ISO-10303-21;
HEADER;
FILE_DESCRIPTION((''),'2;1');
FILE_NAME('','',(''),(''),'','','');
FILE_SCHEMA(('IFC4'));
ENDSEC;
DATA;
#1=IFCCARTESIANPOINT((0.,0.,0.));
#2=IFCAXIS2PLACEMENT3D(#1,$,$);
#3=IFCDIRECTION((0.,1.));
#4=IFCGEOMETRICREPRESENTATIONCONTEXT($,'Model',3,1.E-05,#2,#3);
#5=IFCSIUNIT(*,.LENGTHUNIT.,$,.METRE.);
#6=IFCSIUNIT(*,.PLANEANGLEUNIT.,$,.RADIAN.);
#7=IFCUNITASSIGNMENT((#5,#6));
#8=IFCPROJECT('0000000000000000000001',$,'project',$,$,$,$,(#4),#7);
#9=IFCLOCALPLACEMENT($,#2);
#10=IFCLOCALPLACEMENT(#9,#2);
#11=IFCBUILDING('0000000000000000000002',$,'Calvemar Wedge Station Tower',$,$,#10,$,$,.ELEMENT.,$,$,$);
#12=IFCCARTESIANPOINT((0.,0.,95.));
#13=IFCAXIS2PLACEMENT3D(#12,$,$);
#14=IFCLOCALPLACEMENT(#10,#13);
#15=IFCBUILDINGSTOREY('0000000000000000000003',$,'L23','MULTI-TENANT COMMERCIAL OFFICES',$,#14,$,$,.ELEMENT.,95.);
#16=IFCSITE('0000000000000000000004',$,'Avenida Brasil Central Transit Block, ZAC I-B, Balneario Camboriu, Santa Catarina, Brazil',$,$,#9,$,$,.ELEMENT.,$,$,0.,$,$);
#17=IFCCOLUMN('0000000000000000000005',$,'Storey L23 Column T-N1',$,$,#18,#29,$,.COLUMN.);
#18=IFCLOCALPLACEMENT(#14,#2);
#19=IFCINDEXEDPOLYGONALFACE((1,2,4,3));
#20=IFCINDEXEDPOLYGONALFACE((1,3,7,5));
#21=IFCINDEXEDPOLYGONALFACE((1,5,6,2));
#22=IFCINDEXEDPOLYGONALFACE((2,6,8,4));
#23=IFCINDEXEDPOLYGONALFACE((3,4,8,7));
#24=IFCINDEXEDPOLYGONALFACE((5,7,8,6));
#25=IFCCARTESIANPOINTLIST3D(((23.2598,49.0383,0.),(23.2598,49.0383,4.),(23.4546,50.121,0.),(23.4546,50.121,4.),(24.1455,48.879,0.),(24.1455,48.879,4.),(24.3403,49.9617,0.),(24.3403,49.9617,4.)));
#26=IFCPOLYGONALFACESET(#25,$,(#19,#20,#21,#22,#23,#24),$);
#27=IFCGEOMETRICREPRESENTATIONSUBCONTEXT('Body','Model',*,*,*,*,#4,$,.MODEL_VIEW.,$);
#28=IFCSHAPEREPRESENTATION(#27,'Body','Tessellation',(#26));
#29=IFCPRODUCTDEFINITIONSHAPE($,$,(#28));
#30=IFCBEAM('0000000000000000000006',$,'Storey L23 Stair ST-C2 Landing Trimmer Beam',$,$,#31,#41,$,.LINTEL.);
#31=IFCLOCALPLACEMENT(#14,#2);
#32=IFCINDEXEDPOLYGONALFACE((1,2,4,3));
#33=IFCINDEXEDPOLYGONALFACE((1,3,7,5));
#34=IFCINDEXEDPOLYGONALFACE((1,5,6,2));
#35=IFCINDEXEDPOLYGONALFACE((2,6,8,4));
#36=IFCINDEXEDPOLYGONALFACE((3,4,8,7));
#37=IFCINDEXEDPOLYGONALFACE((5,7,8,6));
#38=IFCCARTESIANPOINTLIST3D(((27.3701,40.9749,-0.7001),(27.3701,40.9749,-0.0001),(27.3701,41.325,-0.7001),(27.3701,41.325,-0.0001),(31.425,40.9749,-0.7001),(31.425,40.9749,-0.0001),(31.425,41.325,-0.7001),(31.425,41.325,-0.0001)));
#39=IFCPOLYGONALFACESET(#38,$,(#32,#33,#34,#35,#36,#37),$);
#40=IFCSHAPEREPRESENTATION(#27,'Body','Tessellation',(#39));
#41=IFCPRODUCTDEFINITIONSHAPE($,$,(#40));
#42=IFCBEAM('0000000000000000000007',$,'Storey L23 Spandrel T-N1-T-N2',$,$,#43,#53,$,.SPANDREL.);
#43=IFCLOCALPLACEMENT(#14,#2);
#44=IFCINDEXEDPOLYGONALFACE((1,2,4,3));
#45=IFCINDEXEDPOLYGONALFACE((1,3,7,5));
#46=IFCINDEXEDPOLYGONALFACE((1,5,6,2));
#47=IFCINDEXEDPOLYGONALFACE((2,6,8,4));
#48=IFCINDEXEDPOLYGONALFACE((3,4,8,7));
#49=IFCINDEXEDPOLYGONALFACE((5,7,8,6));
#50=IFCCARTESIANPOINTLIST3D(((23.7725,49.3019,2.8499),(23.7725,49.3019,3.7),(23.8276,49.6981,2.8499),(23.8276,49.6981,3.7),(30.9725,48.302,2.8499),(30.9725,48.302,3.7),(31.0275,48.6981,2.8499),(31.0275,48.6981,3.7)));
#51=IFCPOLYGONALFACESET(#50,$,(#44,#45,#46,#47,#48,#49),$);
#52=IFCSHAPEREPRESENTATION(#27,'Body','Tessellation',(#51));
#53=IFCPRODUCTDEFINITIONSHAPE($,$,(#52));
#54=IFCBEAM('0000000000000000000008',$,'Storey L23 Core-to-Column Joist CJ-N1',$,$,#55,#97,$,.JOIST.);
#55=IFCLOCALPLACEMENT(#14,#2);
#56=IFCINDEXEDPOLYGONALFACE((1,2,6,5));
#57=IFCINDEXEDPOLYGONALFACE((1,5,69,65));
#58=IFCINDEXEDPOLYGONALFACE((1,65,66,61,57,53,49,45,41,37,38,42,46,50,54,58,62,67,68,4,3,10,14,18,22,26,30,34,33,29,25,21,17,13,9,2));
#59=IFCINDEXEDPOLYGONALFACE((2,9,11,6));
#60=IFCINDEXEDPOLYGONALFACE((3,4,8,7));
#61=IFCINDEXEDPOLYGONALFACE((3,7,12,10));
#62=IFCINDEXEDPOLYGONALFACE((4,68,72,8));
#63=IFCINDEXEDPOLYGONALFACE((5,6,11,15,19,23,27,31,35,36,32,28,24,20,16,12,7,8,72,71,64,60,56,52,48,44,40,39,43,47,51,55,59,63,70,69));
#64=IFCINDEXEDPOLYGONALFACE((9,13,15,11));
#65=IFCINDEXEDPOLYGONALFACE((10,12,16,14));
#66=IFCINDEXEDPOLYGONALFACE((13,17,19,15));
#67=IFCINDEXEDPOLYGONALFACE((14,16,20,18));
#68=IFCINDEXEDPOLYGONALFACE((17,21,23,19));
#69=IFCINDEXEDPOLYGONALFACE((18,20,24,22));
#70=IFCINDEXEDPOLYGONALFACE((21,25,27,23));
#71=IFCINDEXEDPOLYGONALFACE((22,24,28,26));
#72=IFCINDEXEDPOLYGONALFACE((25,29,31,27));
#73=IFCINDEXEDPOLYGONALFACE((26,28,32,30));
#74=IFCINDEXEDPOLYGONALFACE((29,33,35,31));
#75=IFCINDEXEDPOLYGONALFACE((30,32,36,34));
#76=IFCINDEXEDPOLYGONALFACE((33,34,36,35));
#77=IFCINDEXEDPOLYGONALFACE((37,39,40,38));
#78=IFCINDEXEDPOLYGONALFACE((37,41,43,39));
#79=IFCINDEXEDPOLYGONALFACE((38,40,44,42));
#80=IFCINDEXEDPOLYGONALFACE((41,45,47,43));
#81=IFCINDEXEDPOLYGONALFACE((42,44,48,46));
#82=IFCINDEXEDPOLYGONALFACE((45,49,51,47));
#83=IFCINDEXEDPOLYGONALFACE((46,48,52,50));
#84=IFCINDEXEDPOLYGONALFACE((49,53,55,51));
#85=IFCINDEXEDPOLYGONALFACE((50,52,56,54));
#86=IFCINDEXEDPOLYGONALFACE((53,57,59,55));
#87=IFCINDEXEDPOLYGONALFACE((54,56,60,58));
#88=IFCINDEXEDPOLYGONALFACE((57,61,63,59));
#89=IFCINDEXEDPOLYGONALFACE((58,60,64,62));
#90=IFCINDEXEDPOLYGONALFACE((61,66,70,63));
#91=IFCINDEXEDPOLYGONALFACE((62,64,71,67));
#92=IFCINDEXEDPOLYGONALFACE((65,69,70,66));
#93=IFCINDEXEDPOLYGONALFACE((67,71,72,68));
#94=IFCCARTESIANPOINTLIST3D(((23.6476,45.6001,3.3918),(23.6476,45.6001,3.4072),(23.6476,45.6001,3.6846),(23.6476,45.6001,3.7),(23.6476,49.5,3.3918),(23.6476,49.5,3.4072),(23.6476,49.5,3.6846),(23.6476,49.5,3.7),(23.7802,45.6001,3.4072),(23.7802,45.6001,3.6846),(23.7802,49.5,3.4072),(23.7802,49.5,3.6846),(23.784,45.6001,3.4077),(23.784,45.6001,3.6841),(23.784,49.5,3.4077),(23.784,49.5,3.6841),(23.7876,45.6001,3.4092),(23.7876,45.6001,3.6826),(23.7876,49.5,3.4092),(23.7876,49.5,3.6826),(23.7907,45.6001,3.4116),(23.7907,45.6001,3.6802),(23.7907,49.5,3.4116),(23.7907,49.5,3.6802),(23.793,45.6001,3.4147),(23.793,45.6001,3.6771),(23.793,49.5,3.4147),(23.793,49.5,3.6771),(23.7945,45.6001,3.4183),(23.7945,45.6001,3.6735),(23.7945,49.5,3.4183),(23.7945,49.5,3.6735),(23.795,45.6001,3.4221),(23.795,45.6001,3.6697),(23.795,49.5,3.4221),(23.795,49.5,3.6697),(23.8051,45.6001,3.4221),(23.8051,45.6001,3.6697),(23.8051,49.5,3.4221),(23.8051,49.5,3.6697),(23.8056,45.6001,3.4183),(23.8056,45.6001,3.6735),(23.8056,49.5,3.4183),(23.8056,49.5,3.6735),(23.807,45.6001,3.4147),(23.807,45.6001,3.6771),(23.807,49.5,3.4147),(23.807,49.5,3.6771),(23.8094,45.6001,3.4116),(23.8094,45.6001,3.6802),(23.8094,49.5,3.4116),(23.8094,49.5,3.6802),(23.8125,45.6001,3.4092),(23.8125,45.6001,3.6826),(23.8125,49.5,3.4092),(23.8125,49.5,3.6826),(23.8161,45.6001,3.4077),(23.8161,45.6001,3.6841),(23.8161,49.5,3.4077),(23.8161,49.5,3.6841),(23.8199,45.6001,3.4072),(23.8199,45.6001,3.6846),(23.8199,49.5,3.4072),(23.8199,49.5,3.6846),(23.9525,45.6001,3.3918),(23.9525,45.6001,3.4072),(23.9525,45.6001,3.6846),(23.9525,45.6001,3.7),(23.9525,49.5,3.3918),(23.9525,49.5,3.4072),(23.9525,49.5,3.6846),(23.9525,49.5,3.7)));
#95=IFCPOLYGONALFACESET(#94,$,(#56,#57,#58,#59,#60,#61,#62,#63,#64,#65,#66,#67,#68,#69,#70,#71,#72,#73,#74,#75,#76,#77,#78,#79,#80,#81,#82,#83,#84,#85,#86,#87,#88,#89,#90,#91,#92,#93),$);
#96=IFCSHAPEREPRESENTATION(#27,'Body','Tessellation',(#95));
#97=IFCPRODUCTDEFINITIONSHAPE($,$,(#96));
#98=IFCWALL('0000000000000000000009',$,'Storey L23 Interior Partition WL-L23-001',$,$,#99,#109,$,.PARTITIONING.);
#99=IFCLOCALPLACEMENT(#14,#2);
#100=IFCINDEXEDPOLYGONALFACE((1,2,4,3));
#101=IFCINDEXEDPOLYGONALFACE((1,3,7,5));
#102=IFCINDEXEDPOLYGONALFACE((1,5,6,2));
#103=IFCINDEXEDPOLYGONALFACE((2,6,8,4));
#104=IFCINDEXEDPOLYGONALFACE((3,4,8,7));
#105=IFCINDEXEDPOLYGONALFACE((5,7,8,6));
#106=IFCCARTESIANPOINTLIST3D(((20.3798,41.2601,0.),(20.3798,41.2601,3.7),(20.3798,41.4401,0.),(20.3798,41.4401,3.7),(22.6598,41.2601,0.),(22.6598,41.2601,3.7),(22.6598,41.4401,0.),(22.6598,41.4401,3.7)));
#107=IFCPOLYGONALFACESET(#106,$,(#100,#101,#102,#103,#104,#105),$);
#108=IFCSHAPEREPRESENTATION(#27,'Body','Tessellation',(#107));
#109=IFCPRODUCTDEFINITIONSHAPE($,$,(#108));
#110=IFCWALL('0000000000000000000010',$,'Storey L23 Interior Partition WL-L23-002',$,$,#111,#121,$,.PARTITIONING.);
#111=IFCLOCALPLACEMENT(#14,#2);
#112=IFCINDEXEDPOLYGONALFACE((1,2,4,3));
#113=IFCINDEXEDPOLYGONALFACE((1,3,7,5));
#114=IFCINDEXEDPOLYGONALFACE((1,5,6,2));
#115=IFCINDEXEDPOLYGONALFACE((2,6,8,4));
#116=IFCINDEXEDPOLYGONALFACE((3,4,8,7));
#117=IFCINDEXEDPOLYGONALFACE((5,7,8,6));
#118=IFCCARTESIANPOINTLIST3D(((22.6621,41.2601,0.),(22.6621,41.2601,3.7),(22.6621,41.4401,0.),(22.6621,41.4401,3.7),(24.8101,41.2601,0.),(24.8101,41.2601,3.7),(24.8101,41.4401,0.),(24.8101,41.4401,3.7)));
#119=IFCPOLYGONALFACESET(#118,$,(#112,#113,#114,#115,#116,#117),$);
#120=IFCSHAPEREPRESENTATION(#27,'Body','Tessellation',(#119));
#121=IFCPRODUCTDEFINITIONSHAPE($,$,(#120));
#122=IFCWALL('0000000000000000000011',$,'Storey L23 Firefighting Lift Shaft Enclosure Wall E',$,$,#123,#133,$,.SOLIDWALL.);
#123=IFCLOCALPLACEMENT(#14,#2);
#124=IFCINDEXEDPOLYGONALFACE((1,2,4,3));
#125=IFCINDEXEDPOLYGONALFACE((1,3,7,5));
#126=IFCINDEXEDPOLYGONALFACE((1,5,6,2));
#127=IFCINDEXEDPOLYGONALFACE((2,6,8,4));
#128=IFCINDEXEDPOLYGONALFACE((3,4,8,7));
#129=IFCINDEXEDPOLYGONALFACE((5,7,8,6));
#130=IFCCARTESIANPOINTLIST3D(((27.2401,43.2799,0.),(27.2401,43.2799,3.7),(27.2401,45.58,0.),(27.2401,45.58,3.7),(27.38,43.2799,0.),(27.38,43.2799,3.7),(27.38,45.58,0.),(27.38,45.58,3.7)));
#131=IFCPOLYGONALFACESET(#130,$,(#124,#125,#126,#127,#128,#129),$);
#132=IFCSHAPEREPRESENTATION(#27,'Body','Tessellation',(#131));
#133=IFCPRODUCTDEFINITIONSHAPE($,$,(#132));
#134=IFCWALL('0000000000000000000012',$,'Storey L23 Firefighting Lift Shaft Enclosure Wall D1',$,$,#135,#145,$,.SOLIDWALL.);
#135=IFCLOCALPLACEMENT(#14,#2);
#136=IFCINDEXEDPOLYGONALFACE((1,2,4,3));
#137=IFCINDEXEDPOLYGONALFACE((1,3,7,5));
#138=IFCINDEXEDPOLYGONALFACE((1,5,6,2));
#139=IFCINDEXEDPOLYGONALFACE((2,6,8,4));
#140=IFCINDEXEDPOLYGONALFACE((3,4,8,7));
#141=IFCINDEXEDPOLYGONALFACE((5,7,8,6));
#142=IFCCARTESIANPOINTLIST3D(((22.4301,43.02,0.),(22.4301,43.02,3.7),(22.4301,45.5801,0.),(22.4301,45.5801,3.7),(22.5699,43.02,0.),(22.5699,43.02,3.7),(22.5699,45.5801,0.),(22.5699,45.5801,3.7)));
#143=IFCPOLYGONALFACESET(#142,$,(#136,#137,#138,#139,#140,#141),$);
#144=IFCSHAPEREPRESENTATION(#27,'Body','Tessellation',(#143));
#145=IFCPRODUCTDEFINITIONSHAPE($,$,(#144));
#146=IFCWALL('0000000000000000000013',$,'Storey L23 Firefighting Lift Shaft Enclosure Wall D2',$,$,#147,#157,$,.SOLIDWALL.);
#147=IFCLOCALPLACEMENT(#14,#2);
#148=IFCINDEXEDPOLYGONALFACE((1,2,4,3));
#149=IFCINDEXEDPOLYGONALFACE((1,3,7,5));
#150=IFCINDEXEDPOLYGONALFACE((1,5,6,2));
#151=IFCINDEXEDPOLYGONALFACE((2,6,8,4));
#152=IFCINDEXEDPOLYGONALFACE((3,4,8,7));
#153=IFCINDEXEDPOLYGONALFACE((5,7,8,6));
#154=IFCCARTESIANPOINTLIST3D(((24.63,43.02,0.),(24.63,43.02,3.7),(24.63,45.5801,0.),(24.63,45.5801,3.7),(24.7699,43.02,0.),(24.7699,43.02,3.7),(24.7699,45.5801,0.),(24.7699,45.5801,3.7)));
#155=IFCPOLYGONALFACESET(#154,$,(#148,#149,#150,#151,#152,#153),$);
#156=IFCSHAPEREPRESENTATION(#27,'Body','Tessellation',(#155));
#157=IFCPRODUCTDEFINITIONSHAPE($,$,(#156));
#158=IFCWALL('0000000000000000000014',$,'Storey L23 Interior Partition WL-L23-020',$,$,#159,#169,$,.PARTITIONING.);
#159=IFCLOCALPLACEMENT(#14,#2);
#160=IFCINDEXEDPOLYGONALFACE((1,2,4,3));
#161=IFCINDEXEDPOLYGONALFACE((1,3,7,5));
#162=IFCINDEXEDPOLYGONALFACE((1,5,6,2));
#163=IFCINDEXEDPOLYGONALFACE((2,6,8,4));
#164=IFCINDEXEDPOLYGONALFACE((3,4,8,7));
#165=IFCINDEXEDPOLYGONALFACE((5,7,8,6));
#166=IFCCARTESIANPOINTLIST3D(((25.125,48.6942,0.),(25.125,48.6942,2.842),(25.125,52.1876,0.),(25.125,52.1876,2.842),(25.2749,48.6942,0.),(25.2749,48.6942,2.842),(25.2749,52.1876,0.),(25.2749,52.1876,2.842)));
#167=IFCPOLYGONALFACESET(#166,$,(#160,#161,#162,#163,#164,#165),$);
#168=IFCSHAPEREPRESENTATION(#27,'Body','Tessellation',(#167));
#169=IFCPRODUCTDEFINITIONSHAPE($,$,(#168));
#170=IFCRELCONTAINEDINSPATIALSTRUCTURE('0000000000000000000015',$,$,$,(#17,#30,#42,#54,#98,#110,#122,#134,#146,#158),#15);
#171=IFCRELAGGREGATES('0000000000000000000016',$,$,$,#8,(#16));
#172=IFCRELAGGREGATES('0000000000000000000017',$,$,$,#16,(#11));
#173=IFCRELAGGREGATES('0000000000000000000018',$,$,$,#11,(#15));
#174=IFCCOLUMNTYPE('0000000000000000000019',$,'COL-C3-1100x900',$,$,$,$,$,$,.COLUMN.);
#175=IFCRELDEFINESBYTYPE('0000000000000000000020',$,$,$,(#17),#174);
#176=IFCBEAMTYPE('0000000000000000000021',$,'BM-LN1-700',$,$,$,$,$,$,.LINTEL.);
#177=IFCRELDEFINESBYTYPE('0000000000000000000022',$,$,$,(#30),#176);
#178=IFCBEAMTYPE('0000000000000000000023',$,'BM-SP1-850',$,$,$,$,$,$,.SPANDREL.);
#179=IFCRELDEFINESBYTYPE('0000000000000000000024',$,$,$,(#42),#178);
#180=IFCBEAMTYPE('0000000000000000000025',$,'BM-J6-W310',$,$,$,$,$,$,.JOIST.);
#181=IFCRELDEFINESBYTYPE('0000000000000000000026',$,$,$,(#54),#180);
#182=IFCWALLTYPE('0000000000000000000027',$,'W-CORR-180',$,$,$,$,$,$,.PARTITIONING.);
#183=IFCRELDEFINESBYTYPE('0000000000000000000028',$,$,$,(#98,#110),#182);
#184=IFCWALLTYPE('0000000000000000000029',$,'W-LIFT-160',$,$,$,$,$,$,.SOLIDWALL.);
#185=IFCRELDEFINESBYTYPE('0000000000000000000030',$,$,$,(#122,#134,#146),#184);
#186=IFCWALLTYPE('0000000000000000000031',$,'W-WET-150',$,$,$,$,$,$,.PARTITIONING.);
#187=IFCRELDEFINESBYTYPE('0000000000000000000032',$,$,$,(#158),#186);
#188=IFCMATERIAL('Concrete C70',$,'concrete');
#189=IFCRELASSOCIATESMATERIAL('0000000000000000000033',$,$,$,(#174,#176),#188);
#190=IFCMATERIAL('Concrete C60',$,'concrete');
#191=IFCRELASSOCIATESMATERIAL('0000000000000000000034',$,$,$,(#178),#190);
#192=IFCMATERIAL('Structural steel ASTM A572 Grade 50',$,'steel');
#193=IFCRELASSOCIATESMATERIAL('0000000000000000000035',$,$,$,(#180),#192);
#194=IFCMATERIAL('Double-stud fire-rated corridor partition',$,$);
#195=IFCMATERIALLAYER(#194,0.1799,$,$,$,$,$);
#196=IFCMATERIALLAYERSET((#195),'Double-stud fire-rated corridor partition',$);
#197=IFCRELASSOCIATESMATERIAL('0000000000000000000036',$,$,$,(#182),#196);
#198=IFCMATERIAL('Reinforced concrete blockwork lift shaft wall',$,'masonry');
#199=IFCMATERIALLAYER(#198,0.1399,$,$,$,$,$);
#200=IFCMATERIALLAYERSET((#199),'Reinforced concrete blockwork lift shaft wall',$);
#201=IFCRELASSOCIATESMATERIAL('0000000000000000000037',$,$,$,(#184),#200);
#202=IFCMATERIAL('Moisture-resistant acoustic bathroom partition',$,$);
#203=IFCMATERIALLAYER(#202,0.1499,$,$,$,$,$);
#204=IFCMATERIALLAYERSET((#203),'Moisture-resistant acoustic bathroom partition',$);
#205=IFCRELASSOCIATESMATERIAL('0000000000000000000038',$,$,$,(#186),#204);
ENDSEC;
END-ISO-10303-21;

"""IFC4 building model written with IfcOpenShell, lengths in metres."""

from ifc_helpers import new_model, si_unit, direction, frame, frame_2d, origin, origin_2d, place, context, subcontext, project, spatial, rectangle, i_section, extrude, source, transform, mapped, material, layer, layer_set, material_profile, profile_set, type_object, element, save


model = new_model("IFC4")

# Units and contexts
model_context = context("Model", 3, precision=1e-05, world=origin(), true_north=direction((0.0, 1.0)))
body_context = subcontext(model_context, "Body", "Model", "MODEL_VIEW")
ifc_project = project(units=[si_unit("LENGTHUNIT", "METRE"), si_unit("PLANEANGLEUNIT", "RADIAN")], contexts=[model_context])

# Site, building, storey
site_placement = place(None, origin())
site = spatial("IfcSite", under=ifc_project, at=site_placement, Name="Avenida Brasil Central Transit Block, ZAC I-B, Balneario Camboriu, Santa Catarina, Brazil", CompositionType="ELEMENT", RefElevation=0.0)
building_placement = place(site_placement, origin())
building = spatial("IfcBuilding", under=site, at=building_placement, Name="Calvemar Wedge Station Tower", CompositionType="ELEMENT")
storey_placement = place(building_placement, frame((0.0, 0.0, 95.0)))
storey = spatial("IfcBuildingStorey", under=building, at=storey_placement, Name="L23", Description="MULTI-TENANT COMMERCIAL OFFICES", CompositionType="ELEMENT", Elevation=95.0)

# Column
ifc_material_1 = material(Name="Concrete C70", Category="concrete")
ifc_material_profile_1 = material_profile(ifc_material_1, rectangle(XDim=0.8999, YDim=1.1001, at=origin_2d()), Name="RC1100x900")
ifc_profile_set_1 = profile_set([ifc_material_profile_1], Name="Concrete C70")
column_type = type_object("IfcColumnType", Name="COL-C3-1100x900", PredefinedType="COLUMN", material=ifc_profile_set_1)
shared_shape_1 = source(origin(), body_context, "Body", "SweptSolid", [
    extrude(rectangle(XDim=0.8999, YDim=1.1001, at=origin_2d()), origin(), (0.0, 0.0, 1.0), 4.0),
])
column_placement = place(storey_placement, frame((23.8, 49.5, 0.0), z_axis=(0.0, 0.0, 1.0), x_axis=(0.984196, -0.177085, 0.0)))
element("IfcColumn", 1, at=column_placement, inside=storey, type_object=column_type, Name="Storey L23 Column T-N1", PredefinedType="COLUMN", context=body_context, shape_type="MappedRepresentation", body=[
    mapped(shared_shape_1, transform((0.0, 0.0, 0.0), scale=1.0)),
])

# Beams
ifc_material_profile_2 = material_profile(ifc_material_1, rectangle(XDim=0.3501, YDim=0.7, at=origin_2d()), Name="RC350x700")
ifc_profile_set_2 = profile_set([ifc_material_profile_2], Name="Concrete C70")
beam_type_1 = type_object("IfcBeamType", Name="BM-LN1-700", PredefinedType="LINTEL", material=ifc_profile_set_2)
shared_shape_2 = source(origin(), body_context, "Body", "SweptSolid", [
    extrude(rectangle(XDim=0.3501, YDim=0.7, at=origin_2d()), origin(), (0.0, 0.0, 1.0), 4.0549),
])
beam_1_placement = place(storey_placement, frame((27.3701, 41.1499, -0.3501), z_axis=(1.0, 0.0, 0.0), x_axis=(0.0, 1.0, 0.0)))
element("IfcBeam", 2, at=beam_1_placement, inside=storey, type_object=beam_type_1, Name="Storey L23 Stair ST-C2 Landing Trimmer Beam", PredefinedType="LINTEL", context=body_context, shape_type="MappedRepresentation", body=[
    mapped(shared_shape_2, transform((0.0, 0.0, 0.0), scale=1.0)),
])
ifc_material_2 = material(Name="Concrete C60", Category="concrete")
ifc_material_profile_3 = material_profile(ifc_material_2, rectangle(XDim=0.3999, YDim=0.8501, at=origin_2d()), Name="RC400x850")
ifc_profile_set_3 = profile_set([ifc_material_profile_3], Name="Concrete C60")
beam_type_2 = type_object("IfcBeamType", Name="BM-SP1-850", PredefinedType="SPANDREL", material=ifc_profile_set_3)
shared_shape_3 = source(origin(), body_context, "Body", "SweptSolid", [
    extrude(rectangle(XDim=0.3999, YDim=0.8501, at=origin_2d()), origin(), (0.0, 0.0, 1.0), 7.269),
])
beam_2_placement = place(storey_placement, frame((23.8, 49.5, 3.2749), z_axis=(0.990492, -0.137569, 0.0), x_axis=(0.137569, 0.990492, 0.0)))
element("IfcBeam", 3, at=beam_2_placement, inside=storey, type_object=beam_type_2, Name="Storey L23 Spandrel T-N1-T-N2", PredefinedType="SPANDREL", context=body_context, shape_type="MappedRepresentation", body=[
    mapped(shared_shape_3, transform((0.0, 0.0, 0.0), scale=1.0)),
])
ifc_material_3 = material(Name="Structural steel ASTM A572 Grade 50", Category="steel")
ifc_material_profile_4 = material_profile(ifc_material_3, i_section(OverallWidth=0.3049, OverallDepth=0.3081, WebThickness=0.01, FlangeThickness=0.0154, FilletRadius=0.0149, at=origin_2d()), Name="W310x97")
ifc_profile_set_4 = profile_set([ifc_material_profile_4], Name="Structural steel ASTM A572 Grade 50")
beam_type_3 = type_object("IfcBeamType", Name="BM-J6-W310", PredefinedType="JOIST", material=ifc_profile_set_4)
shared_shape_4 = source(origin(), body_context, "Body", "SweptSolid", [
    extrude(i_section(OverallWidth=0.3049, OverallDepth=0.3081, WebThickness=0.01, FlangeThickness=0.0154, FilletRadius=0.0149, at=origin_2d()), origin(), (0.0, 0.0, 1.0), 3.8999),
])
beam_3_placement = place(storey_placement, frame((23.8, 45.6001, 3.5459), z_axis=(0.0, 1.0, 0.0), x_axis=(-1.0, 0.0, 0.0)))
element("IfcBeam", 4, at=beam_3_placement, inside=storey, type_object=beam_type_3, Name="Storey L23 Core-to-Column Joist CJ-N1", PredefinedType="JOIST", context=body_context, shape_type="MappedRepresentation", body=[
    mapped(shared_shape_4, transform((0.0, 0.0, 0.0), scale=1.0)),
])

# Walls
ifc_material_4 = material(Name="Double-stud fire-rated corridor partition")
ifc_layer_1 = layer(ifc_material_4, 0.1799)
ifc_layer_set_1 = layer_set([ifc_layer_1], Name="Double-stud fire-rated corridor partition")
wall_type_1 = type_object("IfcWallType", Name="W-CORR-180", PredefinedType="PARTITIONING", material=ifc_layer_set_1)
wall_1_placement = place(storey_placement, frame((22.6599, 41.3501, 0.0), z_axis=(0.0, 0.0, 1.0), x_axis=(-1.0, 0.0, 0.0)))
element("IfcWall", 5, at=wall_1_placement, inside=storey, type_object=wall_type_1, Name="Storey L23 Interior Partition WL-L23-001", PredefinedType="PARTITIONING", context=body_context, shape_type="SweptSolid", body=[
    extrude(rectangle(XDim=2.28, YDim=0.1799, at=frame_2d((1.1401, 0.0))), origin(), (0.0, 0.0, 1.0), 3.7),
])
wall_2_placement = place(storey_placement, frame((24.8101, 41.3501, 0.0), z_axis=(0.0, 0.0, 1.0), x_axis=(-1.0, 0.0, 0.0)))
element("IfcWall", 6, at=wall_2_placement, inside=storey, type_object=wall_type_1, Name="Storey L23 Interior Partition WL-L23-002", PredefinedType="PARTITIONING", context=body_context, shape_type="SweptSolid", body=[
    extrude(rectangle(XDim=2.1479, YDim=0.1799, at=frame_2d((1.074, 0.0))), origin(), (0.0, 0.0, 1.0), 3.7),
])

# Walls
ifc_material_5 = material(Name="Reinforced concrete blockwork lift shaft wall", Category="masonry")
ifc_layer_2 = layer(ifc_material_5, 0.1399)
ifc_layer_set_2 = layer_set([ifc_layer_2], Name="Reinforced concrete blockwork lift shaft wall")
wall_type_2 = type_object("IfcWallType", Name="W-LIFT-160", PredefinedType="SOLIDWALL", material=ifc_layer_set_2)
wall_3_placement = place(storey_placement, frame((27.3101, 43.28, 0.0), z_axis=(0.0, 0.0, 1.0), x_axis=(0.0, 1.0, 0.0)))
element("IfcWall", 7, at=wall_3_placement, inside=storey, type_object=wall_type_2, Name="Storey L23 Firefighting Lift Shaft Enclosure Wall E", PredefinedType="SOLIDWALL", context=body_context, shape_type="SweptSolid", body=[
    extrude(rectangle(XDim=2.3, YDim=0.1399, at=frame_2d((1.1499, 0.0))), origin(), (0.0, 0.0, 1.0), 3.7),
])
for number, where, z_axis, x_axis, name in (
    (8, (22.5, 43.02, 0.0), (0.0, 0.0, 1.0), (0.0, 1.0, 0.0), "Storey L23 Firefighting Lift Shaft Enclosure Wall D1"),
    (9, (24.7, 43.02, 0.0), (0.0, 0.0, 1.0), (0.0, 1.0, 0.0), "Storey L23 Firefighting Lift Shaft Enclosure Wall D2"),
):
    element("IfcWall", number, at=place(storey_placement, frame(where, z_axis=z_axis, x_axis=x_axis)), inside=storey, type_object=wall_type_2, Name=name, PredefinedType="SOLIDWALL", context=body_context, shape_type="SweptSolid", body=[
        extrude(rectangle(XDim=2.5601, YDim=0.1399, at=frame_2d((1.28, 0.0))), origin(), (0.0, 0.0, 1.0), 3.7),
    ])
ifc_material_6 = material(Name="Moisture-resistant acoustic bathroom partition")
ifc_layer_3 = layer(ifc_material_6, 0.1499)
ifc_layer_set_3 = layer_set([ifc_layer_3], Name="Moisture-resistant acoustic bathroom partition")
wall_type_3 = type_object("IfcWallType", Name="W-WET-150", PredefinedType="PARTITIONING", material=ifc_layer_set_3)
wall_4_placement = place(storey_placement, frame((25.2, 52.1875, 0.0), z_axis=(0.0, 0.0, 1.0), x_axis=(0.0, -1.0, 0.0)))
element("IfcWall", 10, at=wall_4_placement, inside=storey, type_object=wall_type_3, Name="Storey L23 Interior Partition WL-L23-020", PredefinedType="PARTITIONING", context=body_context, shape_type="SweptSolid", body=[
    extrude(rectangle(XDim=3.4934, YDim=0.1499, at=frame_2d((1.7466, 0.0))), origin(), (0.0, 0.0, 1.0), 2.842),
])

save(model, "model.ifc")
